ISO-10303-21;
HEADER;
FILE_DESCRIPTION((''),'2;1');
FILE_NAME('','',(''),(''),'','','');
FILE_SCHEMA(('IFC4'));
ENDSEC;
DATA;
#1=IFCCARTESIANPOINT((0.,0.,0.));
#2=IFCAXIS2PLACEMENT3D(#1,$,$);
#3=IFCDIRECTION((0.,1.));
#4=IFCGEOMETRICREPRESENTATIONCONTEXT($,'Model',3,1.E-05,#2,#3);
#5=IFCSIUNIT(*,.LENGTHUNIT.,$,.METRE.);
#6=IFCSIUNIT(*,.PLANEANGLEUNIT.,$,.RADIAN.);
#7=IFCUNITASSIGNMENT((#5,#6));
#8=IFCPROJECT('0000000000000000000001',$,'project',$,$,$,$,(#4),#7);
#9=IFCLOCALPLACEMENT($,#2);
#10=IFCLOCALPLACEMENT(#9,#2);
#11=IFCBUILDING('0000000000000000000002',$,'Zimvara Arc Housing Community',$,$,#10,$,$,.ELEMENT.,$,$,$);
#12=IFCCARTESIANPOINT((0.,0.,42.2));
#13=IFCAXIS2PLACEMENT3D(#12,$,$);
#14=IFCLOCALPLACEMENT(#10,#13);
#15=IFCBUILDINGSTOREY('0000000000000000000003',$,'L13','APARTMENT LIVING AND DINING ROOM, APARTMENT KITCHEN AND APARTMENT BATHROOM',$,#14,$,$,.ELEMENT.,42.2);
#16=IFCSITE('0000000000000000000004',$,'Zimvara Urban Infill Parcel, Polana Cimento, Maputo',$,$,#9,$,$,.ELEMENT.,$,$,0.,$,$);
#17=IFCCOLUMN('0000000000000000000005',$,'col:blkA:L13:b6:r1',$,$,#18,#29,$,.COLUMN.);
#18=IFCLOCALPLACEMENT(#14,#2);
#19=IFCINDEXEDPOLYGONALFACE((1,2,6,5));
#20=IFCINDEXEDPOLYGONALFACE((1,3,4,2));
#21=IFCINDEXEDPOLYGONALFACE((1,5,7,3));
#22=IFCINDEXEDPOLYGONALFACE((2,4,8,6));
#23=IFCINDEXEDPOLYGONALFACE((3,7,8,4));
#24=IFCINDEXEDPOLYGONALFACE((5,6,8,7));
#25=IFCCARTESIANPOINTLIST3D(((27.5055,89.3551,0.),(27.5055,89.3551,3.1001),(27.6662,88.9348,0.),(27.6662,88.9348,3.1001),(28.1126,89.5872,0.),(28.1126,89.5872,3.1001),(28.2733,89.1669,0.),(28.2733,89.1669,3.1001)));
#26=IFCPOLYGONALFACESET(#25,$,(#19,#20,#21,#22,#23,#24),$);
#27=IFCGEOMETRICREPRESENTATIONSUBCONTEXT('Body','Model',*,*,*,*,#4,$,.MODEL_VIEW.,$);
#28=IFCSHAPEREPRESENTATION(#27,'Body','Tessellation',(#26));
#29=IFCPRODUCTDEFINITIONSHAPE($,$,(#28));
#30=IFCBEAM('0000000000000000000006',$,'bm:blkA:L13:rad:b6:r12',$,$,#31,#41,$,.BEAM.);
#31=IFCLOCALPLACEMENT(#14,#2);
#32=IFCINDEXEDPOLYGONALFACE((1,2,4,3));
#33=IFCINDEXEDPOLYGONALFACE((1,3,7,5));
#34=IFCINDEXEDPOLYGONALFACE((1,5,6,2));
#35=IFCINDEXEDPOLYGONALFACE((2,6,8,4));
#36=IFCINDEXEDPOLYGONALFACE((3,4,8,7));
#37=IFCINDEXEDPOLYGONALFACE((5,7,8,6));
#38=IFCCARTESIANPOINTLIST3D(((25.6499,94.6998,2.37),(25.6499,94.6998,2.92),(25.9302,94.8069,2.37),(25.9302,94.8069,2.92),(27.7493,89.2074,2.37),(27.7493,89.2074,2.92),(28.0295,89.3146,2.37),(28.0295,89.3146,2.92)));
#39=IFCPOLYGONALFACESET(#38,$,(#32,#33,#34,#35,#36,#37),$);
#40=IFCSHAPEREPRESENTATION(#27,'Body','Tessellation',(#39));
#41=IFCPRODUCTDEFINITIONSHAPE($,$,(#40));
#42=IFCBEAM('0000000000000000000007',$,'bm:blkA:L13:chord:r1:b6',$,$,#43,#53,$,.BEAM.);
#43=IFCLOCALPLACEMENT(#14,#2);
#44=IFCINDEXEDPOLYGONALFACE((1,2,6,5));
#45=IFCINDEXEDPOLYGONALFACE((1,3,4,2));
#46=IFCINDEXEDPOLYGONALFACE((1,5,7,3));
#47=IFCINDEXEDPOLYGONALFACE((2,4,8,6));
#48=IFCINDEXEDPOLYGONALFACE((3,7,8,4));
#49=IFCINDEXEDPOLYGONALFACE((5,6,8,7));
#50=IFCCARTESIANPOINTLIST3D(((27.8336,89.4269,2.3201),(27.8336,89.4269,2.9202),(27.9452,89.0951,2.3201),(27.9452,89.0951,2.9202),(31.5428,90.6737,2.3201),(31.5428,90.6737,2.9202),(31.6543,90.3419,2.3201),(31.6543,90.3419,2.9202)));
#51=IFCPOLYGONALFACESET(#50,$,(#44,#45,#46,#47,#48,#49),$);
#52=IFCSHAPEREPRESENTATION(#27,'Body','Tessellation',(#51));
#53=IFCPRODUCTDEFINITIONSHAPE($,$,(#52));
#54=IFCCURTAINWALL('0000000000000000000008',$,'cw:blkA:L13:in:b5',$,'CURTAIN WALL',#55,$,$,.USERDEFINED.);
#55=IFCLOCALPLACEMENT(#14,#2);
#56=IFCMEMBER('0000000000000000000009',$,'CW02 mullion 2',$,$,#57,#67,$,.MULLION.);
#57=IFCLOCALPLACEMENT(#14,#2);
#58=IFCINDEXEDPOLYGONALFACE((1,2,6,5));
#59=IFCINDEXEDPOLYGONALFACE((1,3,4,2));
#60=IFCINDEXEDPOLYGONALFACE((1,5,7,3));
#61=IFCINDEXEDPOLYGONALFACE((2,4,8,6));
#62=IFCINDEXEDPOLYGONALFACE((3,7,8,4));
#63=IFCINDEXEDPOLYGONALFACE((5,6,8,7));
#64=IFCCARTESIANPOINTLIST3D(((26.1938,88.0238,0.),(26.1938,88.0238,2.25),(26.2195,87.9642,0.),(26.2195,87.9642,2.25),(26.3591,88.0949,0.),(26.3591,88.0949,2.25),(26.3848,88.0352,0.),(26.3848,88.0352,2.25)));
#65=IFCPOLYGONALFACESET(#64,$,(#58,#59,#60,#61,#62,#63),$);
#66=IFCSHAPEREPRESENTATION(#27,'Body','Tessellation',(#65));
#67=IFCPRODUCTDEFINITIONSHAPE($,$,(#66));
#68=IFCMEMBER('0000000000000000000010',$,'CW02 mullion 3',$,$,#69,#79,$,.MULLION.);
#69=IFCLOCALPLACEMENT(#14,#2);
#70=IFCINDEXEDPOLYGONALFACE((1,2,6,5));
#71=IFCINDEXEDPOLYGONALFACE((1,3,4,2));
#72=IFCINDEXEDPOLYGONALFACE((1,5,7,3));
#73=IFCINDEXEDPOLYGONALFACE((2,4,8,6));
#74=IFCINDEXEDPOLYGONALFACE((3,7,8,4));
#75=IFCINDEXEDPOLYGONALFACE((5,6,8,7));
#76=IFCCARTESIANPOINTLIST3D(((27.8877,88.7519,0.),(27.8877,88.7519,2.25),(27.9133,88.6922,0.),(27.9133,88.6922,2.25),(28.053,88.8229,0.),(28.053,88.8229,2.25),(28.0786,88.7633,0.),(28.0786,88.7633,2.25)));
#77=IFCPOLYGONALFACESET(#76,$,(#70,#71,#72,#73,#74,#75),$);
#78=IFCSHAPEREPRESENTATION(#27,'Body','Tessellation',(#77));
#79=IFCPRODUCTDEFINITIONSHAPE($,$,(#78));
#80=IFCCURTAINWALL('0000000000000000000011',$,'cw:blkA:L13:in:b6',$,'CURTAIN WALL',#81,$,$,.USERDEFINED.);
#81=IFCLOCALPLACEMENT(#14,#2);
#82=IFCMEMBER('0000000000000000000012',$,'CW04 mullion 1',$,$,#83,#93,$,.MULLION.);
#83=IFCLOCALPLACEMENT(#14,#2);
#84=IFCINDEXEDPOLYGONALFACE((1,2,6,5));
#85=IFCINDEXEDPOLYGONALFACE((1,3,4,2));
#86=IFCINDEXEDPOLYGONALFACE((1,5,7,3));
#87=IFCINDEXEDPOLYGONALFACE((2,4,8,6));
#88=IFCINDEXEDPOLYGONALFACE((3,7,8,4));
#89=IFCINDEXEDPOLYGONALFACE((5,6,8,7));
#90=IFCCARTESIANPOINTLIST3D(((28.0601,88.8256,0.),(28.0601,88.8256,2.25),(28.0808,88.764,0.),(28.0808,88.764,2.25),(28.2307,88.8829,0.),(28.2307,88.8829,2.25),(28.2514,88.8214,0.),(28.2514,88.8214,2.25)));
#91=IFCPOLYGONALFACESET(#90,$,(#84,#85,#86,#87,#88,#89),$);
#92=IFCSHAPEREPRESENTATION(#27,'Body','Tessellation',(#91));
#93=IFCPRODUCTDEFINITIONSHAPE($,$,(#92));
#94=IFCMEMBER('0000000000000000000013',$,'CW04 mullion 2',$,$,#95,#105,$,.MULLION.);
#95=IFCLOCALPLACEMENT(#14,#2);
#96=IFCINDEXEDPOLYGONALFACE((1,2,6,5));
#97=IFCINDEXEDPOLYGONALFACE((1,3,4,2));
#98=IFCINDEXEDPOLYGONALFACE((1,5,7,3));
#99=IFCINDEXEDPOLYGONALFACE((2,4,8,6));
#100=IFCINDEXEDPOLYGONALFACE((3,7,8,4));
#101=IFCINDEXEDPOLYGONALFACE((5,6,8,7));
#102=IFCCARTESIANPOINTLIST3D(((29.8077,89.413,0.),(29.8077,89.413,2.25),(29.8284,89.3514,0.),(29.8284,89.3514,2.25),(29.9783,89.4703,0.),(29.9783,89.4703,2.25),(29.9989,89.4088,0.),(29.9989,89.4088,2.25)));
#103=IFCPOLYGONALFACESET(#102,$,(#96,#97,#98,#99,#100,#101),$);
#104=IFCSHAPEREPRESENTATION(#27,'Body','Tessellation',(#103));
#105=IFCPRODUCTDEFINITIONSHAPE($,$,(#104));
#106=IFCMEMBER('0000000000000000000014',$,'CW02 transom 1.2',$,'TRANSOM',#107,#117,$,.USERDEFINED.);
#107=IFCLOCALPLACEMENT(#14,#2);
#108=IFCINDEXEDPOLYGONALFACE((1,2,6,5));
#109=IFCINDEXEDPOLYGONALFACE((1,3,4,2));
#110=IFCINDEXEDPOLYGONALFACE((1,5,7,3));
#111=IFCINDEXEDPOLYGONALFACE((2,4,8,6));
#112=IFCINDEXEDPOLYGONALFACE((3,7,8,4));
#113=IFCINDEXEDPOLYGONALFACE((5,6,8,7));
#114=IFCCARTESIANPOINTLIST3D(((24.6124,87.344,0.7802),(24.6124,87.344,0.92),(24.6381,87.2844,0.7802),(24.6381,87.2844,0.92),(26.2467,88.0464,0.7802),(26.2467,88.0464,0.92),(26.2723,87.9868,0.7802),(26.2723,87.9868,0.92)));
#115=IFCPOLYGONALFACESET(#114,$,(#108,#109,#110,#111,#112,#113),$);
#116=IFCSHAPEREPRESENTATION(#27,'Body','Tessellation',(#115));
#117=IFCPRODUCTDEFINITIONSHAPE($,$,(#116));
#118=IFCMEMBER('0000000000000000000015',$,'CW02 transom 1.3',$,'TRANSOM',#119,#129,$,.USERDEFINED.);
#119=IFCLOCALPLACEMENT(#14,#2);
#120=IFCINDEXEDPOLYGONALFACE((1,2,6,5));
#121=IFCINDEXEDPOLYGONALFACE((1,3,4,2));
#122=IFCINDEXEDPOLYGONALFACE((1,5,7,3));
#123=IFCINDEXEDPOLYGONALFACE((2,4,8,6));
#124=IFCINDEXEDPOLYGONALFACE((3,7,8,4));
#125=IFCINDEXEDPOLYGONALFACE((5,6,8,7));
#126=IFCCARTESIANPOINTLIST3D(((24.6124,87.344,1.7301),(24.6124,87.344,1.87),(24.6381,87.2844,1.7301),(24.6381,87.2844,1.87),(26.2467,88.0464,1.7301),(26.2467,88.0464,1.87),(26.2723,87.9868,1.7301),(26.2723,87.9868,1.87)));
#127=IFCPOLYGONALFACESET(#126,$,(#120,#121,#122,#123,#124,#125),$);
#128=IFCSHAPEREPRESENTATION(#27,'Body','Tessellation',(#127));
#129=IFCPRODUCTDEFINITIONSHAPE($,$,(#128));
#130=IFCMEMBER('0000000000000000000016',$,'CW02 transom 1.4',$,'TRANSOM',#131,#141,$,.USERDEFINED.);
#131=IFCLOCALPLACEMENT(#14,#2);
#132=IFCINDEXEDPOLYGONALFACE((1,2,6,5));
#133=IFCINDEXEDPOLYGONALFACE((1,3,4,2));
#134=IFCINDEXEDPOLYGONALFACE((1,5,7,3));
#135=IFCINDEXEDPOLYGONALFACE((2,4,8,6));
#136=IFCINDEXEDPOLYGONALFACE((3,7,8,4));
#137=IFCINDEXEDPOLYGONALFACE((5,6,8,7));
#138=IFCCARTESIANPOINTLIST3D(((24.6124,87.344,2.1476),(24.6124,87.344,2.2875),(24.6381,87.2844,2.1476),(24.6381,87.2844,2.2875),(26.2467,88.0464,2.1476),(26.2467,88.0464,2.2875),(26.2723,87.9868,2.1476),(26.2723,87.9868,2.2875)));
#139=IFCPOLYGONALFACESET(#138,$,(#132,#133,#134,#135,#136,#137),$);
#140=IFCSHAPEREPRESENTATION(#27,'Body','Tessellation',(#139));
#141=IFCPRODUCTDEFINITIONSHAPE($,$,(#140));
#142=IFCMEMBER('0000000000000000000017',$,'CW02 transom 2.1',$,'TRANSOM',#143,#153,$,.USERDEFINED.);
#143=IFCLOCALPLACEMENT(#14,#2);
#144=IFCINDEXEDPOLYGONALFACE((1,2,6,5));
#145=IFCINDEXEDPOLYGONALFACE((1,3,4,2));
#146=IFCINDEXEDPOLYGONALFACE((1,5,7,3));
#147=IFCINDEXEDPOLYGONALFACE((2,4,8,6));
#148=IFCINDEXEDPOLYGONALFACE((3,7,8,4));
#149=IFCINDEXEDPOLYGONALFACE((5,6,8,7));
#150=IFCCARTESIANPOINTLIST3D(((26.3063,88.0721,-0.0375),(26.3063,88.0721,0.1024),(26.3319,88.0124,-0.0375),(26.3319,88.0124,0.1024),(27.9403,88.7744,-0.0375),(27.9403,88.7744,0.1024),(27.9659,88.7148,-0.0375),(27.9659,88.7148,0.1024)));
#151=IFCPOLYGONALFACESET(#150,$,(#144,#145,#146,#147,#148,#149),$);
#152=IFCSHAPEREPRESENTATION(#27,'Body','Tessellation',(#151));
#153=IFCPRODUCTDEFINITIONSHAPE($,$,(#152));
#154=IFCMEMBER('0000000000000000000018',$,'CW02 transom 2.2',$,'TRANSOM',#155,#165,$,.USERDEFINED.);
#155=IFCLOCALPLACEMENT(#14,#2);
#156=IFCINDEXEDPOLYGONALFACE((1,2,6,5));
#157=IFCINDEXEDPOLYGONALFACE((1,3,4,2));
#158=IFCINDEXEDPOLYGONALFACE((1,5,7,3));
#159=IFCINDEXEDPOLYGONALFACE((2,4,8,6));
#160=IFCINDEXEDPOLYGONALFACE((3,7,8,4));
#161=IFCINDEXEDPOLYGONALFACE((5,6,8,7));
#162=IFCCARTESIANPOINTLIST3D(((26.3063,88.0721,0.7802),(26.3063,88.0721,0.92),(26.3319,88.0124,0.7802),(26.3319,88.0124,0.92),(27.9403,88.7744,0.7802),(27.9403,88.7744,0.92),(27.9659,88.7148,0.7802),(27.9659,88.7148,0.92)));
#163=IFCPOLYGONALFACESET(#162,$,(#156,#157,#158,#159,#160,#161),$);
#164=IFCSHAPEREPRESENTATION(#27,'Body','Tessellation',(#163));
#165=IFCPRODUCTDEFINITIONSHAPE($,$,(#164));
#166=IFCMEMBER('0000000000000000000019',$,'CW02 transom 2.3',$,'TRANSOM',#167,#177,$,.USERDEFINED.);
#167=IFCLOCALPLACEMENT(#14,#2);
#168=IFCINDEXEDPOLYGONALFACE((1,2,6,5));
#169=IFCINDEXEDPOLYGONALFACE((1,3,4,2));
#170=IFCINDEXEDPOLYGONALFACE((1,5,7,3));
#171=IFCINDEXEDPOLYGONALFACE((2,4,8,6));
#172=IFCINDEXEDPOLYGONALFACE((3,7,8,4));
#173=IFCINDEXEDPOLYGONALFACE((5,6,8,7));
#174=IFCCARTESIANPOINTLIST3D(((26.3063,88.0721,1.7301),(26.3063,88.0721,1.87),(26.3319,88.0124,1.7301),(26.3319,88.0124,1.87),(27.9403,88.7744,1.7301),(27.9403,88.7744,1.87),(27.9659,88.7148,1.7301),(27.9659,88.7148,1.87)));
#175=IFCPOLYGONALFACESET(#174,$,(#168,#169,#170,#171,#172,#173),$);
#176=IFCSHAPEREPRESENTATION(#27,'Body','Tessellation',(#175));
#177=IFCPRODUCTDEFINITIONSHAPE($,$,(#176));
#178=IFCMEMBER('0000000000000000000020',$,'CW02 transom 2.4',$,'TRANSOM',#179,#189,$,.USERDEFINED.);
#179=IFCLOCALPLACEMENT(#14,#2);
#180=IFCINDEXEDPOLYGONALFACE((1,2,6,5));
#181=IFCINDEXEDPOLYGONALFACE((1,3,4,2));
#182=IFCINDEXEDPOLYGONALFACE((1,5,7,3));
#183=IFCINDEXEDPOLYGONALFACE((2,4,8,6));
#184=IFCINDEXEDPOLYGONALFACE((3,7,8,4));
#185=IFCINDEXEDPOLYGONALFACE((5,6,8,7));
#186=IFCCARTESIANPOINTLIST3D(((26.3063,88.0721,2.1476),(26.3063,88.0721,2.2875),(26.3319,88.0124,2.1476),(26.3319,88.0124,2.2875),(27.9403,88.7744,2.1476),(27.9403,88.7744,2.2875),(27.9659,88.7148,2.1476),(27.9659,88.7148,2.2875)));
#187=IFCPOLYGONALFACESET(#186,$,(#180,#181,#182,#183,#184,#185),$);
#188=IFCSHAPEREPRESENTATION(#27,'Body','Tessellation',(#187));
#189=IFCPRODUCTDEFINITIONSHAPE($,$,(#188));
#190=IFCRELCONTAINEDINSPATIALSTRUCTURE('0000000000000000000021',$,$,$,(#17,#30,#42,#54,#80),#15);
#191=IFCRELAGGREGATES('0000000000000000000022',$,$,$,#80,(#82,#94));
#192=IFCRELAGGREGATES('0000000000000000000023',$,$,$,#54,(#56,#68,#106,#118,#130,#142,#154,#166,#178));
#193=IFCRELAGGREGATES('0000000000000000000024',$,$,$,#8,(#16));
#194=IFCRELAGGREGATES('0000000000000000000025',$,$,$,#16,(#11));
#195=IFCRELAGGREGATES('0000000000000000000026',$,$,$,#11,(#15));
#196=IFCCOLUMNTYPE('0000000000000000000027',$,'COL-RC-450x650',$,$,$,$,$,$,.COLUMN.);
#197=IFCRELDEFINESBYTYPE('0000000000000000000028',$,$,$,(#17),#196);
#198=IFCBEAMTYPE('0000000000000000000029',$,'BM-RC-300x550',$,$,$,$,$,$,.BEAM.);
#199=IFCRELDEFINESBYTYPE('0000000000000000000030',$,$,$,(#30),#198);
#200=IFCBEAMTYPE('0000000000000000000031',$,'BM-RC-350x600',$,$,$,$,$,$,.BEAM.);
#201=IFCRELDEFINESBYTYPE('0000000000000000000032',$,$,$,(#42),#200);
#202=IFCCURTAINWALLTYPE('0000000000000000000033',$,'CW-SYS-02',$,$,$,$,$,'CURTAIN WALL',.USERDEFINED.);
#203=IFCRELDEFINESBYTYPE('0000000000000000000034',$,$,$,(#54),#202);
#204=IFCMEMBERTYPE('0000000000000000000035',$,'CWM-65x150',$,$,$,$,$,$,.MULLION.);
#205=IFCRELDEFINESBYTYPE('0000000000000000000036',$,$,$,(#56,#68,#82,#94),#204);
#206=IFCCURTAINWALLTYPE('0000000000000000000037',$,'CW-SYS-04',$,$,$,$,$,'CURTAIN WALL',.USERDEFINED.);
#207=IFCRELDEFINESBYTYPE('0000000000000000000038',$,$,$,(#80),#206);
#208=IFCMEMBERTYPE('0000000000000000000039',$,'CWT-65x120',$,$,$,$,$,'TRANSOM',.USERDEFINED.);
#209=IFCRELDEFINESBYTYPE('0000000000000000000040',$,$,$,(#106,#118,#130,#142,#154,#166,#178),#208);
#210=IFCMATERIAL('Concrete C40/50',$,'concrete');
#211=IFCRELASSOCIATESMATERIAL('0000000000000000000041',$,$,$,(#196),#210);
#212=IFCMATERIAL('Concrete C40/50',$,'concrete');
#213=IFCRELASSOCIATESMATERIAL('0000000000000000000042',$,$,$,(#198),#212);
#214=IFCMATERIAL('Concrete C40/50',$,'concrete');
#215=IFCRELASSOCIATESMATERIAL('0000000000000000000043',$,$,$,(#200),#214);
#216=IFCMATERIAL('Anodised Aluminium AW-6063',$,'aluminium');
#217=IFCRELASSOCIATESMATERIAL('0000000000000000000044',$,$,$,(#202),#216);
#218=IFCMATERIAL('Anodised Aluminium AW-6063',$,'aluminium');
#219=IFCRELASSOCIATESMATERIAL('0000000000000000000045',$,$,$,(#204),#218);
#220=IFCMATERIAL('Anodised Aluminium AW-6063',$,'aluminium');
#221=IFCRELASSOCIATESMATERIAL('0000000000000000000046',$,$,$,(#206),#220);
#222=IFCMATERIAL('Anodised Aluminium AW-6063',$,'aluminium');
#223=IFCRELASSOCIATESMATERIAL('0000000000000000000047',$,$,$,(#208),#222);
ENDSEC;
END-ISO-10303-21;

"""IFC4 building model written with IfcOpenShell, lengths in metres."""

from ifc_helpers import new_model, si_unit, direction, frame, origin, origin_2d, place, context, subcontext, project, spatial, rectangle, extrude, material, material_profile, profile_set, type_object, element, aggregate, save


model = new_model("IFC4")

# Units and contexts
model_context = context("Model", 3, precision=1e-05, world=origin(), true_north=direction((0.0, 1.0)))
body_context = subcontext(model_context, "Body", "Model", "MODEL_VIEW")
ifc_project = project(units=[si_unit("LENGTHUNIT", "METRE"), si_unit("PLANEANGLEUNIT", "RADIAN")], contexts=[model_context])

# Site, building, storey
site_placement = place(None, origin())
site = spatial("IfcSite", under=ifc_project, at=site_placement, Name="Zimvara Urban Infill Parcel, Polana Cimento, Maputo", CompositionType="ELEMENT", RefElevation=0.0)
building_placement = place(site_placement, origin())
building = spatial("IfcBuilding", under=site, at=building_placement, Name="Zimvara Arc Housing Community", CompositionType="ELEMENT")
storey_placement = place(building_placement, frame((0.0, 0.0, 42.2)))
storey = spatial("IfcBuildingStorey", under=building, at=storey_placement, Name="L13", Description="APARTMENT LIVING AND DINING ROOM, APARTMENT KITCHEN AND APARTMENT BATHROOM", CompositionType="ELEMENT", Elevation=42.2)

# Column
ifc_material_1 = material(Name="Concrete C40/50", Category="concrete")
ifc_material_profile_1 = material_profile(ifc_material_1, rectangle(XDim=0.45, YDim=0.6499, at=origin_2d()), Name="RC 450x650")
ifc_profile_set_1 = profile_set([ifc_material_profile_1], Name="Concrete C40/50")
column_type = type_object("IfcColumnType", Name="COL-RC-450x650", PredefinedType="COLUMN", material=ifc_profile_set_1)
column_placement = place(storey_placement, frame((27.8894, 89.261, 0.0), z_axis=(0.0, 0.0, 1.0), x_axis=(-0.357064, 0.93408, 0.0)))
element("IfcColumn", 1, at=column_placement, inside=storey, type_object=column_type, Name="col:blkA:L13:b6:r1", PredefinedType="COLUMN", context=body_context, shape_type="SweptSolid", body=[
    extrude(rectangle(XDim=0.45, YDim=0.6499, at=origin_2d()), origin(), (0.0, 0.0, 1.0), 3.1001),
])

# Beams
ifc_material_2 = material(Name="Concrete C40/50", Category="concrete")
ifc_material_profile_2 = material_profile(ifc_material_2, rectangle(XDim=0.3, YDim=0.55, at=origin_2d()), Name="RC 300x550")
ifc_profile_set_2 = profile_set([ifc_material_profile_2], Name="Concrete C40/50")
beam_type_1 = type_object("IfcBeamType", Name="BM-RC-300x550", PredefinedType="BEAM", material=ifc_profile_set_2)
beam_1_placement = place(storey_placement, frame((27.8894, 89.261, 2.645), z_axis=(-0.357036, 0.934091, 0.0), x_axis=(-0.934091, -0.357036, 0.0)))
element("IfcBeam", 2, at=beam_1_placement, inside=storey, type_object=beam_type_1, Name="bm:blkA:L13:rad:b6:r12", PredefinedType="BEAM", context=body_context, shape_type="SweptSolid", body=[
    extrude(rectangle(XDim=0.3, YDim=0.55, at=origin_2d()), origin(), (0.0, 0.0, 1.0), 5.8799),
])
ifc_material_3 = material(Name="Concrete C40/50", Category="concrete")
ifc_material_profile_3 = material_profile(ifc_material_3, rectangle(XDim=0.3501, YDim=0.6001, at=origin_2d()), Name="RC 350x600")
ifc_profile_set_3 = profile_set([ifc_material_profile_3], Name="Concrete C40/50")
beam_type_2 = type_object("IfcBeamType", Name="BM-RC-350x600", PredefinedType="BEAM", material=ifc_profile_set_3)
beam_2_placement = place(storey_placement, frame((27.8894, 89.261, 2.6201), z_axis=(0.947882, 0.318623, 0.0), x_axis=(-0.318623, 0.947882, 0.0)))
element("IfcBeam", 3, at=beam_2_placement, inside=storey, type_object=beam_type_2, Name="bm:blkA:L13:chord:r1:b6", PredefinedType="BEAM", context=body_context, shape_type="SweptSolid", body=[
    extrude(rectangle(XDim=0.3501, YDim=0.6001, at=origin_2d()), origin(), (0.0, 0.0, 1.0), 3.9131),
])

# Curtain walls, members
ifc_material_4 = material(Name="Anodised Aluminium AW-6063", Category="aluminium")
curtain_wall_type_1 = type_object("IfcCurtainWallType", Name="CW-SYS-02", ElementType="CURTAIN WALL", PredefinedType="USERDEFINED", material=ifc_material_4)
curtain_wall_1_placement = place(storey_placement, origin())
curtain_wall_1 = element("IfcCurtainWall", 4, at=curtain_wall_1_placement, inside=storey, type_object=curtain_wall_type_1, Name="cw:blkA:L13:in:b5", ObjectType="CURTAIN WALL", PredefinedType="USERDEFINED")
ifc_material_5 = material(Name="Anodised Aluminium AW-6063", Category="aluminium")
ifc_material_profile_4 = material_profile(ifc_material_5, rectangle(XDim=0.0649, YDim=0.1799, at=origin_2d()), Name="ALU 65x180")
ifc_profile_set_4 = profile_set([ifc_material_profile_4], Name="Anodised Aluminium AW-6063")
member_type_1 = type_object("IfcMemberType", Name="CWM-65x150", PredefinedType="MULLION", material=ifc_profile_set_4)
member_1_placement = place(storey_placement, frame((26.2893, 88.0295, 0.0), z_axis=(0.0, 0.0, 1.0), x_axis=(-0.394904, 0.918722, 0.0)))
member_1 = element("IfcMember", 5, at=member_1_placement, type_object=member_type_1, Name="CW02 mullion 2", PredefinedType="MULLION", context=body_context, shape_type="SweptSolid", body=[
    extrude(rectangle(XDim=0.0649, YDim=0.1799, at=origin_2d()), origin(), (0.0, 0.0, 1.0), 2.25),
])
member_2_placement = place(storey_placement, frame((27.9832, 88.7576, 0.0), z_axis=(0.0, 0.0, 1.0), x_axis=(-0.394904, 0.918722, 0.0)))
member_2 = element("IfcMember", 6, at=member_2_placement, type_object=member_type_1, Name="CW02 mullion 3", PredefinedType="MULLION", context=body_context, shape_type="SweptSolid", body=[
    extrude(rectangle(XDim=0.0649, YDim=0.1799, at=origin_2d()), origin(), (0.0, 0.0, 1.0), 2.25),
])
ifc_material_6 = material(Name="Anodised Aluminium AW-6063", Category="aluminium")
curtain_wall_type_2 = type_object("IfcCurtainWallType", Name="CW-SYS-04", ElementType="CURTAIN WALL", PredefinedType="USERDEFINED", material=ifc_material_6)
curtain_wall_2_placement = place(storey_placement, origin())
curtain_wall_2 = element("IfcCurtainWall", 7, at=curtain_wall_2_placement, inside=storey, type_object=curtain_wall_type_2, Name="cw:blkA:L13:in:b6", ObjectType="CURTAIN WALL", PredefinedType="USERDEFINED")
member_3_placement = place(storey_placement, frame((28.1558, 88.8235, 0.0), z_axis=(0.0, 0.0, 1.0), x_axis=(-0.318627, 0.94788, 0.0)))
member_3 = element("IfcMember", 8, at=member_3_placement, type_object=member_type_1, Name="CW04 mullion 1", PredefinedType="MULLION", context=body_context, shape_type="SweptSolid", body=[
    extrude(rectangle(XDim=0.0649, YDim=0.1799, at=origin_2d()), origin(), (0.0, 0.0, 1.0), 2.25),
])
member_4_placement = place(storey_placement, frame((29.9033, 89.4109, 0.0), z_axis=(0.0, 0.0, 1.0), x_axis=(-0.318627, 0.94788, 0.0)))
member_4 = element("IfcMember", 9, at=member_4_placement, type_object=member_type_1, Name="CW04 mullion 2", PredefinedType="MULLION", context=body_context, shape_type="SweptSolid", body=[
    extrude(rectangle(XDim=0.0649, YDim=0.1799, at=origin_2d()), origin(), (0.0, 0.0, 1.0), 2.25),
])

# Members
ifc_material_7 = material(Name="Anodised Aluminium AW-6063", Category="aluminium")
ifc_material_profile_5 = material_profile(ifc_material_7, rectangle(XDim=0.0649, YDim=0.1399, at=origin_2d()), Name="ALU 65x140")
ifc_profile_set_5 = profile_set([ifc_material_profile_5], Name="Anodised Aluminium AW-6063")
member_type_2 = type_object("IfcMemberType", Name="CWT-65x120", ElementType="TRANSOM", PredefinedType="USERDEFINED", material=ifc_profile_set_5)
member_5_placement = place(storey_placement, frame((24.6252, 87.3142, 0.8501), z_axis=(0.91874, 0.394863, 0.0), x_axis=(-0.394863, 0.91874, 0.0)))
member_5 = element("IfcMember", 10, at=member_5_placement, type_object=member_type_2, Name="CW02 transom 1.2", ObjectType="TRANSOM", PredefinedType="USERDEFINED", context=body_context, shape_type="SweptSolid", body=[
    extrude(rectangle(XDim=0.0649, YDim=0.1399, at=origin_2d()), origin(), (0.0, 0.0, 1.0), 1.7788),
])
member_6_placement = place(storey_placement, frame((24.6252, 87.3142, 1.8), z_axis=(0.91874, 0.394863, 0.0), x_axis=(-0.394863, 0.91874, 0.0)))
member_6 = element("IfcMember", 11, at=member_6_placement, type_object=member_type_2, Name="CW02 transom 1.3", ObjectType="TRANSOM", PredefinedType="USERDEFINED", context=body_context, shape_type="SweptSolid", body=[
    extrude(rectangle(XDim=0.0649, YDim=0.1399, at=origin_2d()), origin(), (0.0, 0.0, 1.0), 1.7788),
])
member_7_placement = place(storey_placement, frame((24.6252, 87.3142, 2.2175), z_axis=(0.91874, 0.394863, 0.0), x_axis=(-0.394863, 0.91874, 0.0)))
member_7 = element("IfcMember", 12, at=member_7_placement, type_object=member_type_2, Name="CW02 transom 1.4", ObjectType="TRANSOM", PredefinedType="USERDEFINED", context=body_context, shape_type="SweptSolid", body=[
    extrude(rectangle(XDim=0.0649, YDim=0.1399, at=origin_2d()), origin(), (0.0, 0.0, 1.0), 1.7788),
])
member_8_placement = place(storey_placement, frame((26.3191, 88.0422, 0.0325), z_axis=(0.918718, 0.394913, 0.0), x_axis=(-0.394913, 0.918718, 0.0)))
member_8 = element("IfcMember", 13, at=member_8_placement, type_object=member_type_2, Name="CW02 transom 2.1", ObjectType="TRANSOM", PredefinedType="USERDEFINED", context=body_context, shape_type="SweptSolid", body=[
    extrude(rectangle(XDim=0.0649, YDim=0.1399, at=origin_2d()), origin(), (0.0, 0.0, 1.0), 1.7786),
])
member_9_placement = place(storey_placement, frame((26.3191, 88.0422, 0.8501), z_axis=(0.918718, 0.394913, 0.0), x_axis=(-0.394913, 0.918718, 0.0)))
member_9 = element("IfcMember", 14, at=member_9_placement, type_object=member_type_2, Name="CW02 transom 2.2", ObjectType="TRANSOM", PredefinedType="USERDEFINED", context=body_context, shape_type="SweptSolid", body=[
    extrude(rectangle(XDim=0.0649, YDim=0.1399, at=origin_2d()), origin(), (0.0, 0.0, 1.0), 1.7786),
])
member_10_placement = place(storey_placement, frame((26.3191, 88.0422, 1.8), z_axis=(0.918718, 0.394913, 0.0), x_axis=(-0.394913, 0.918718, 0.0)))
member_10 = element("IfcMember", 15, at=member_10_placement, type_object=member_type_2, Name="CW02 transom 2.3", ObjectType="TRANSOM", PredefinedType="USERDEFINED", context=body_context, shape_type="SweptSolid", body=[
    extrude(rectangle(XDim=0.0649, YDim=0.1399, at=origin_2d()), origin(), (0.0, 0.0, 1.0), 1.7786),
])
member_11_placement = place(storey_placement, frame((26.3191, 88.0422, 2.2175), z_axis=(0.918718, 0.394913, 0.0), x_axis=(-0.394913, 0.918718, 0.0)))
member_11 = element("IfcMember", 16, at=member_11_placement, type_object=member_type_2, Name="CW02 transom 2.4", ObjectType="TRANSOM", PredefinedType="USERDEFINED", context=body_context, shape_type="SweptSolid", body=[
    extrude(rectangle(XDim=0.0649, YDim=0.1399, at=origin_2d()), origin(), (0.0, 0.0, 1.0), 1.7786),
])

aggregate(curtain_wall_2, [member_3, member_4])
aggregate(curtain_wall_1, [member_1, member_2, member_5, member_6, member_7, member_8, member_9, member_10, member_11])

save(model, "model.ifc")
